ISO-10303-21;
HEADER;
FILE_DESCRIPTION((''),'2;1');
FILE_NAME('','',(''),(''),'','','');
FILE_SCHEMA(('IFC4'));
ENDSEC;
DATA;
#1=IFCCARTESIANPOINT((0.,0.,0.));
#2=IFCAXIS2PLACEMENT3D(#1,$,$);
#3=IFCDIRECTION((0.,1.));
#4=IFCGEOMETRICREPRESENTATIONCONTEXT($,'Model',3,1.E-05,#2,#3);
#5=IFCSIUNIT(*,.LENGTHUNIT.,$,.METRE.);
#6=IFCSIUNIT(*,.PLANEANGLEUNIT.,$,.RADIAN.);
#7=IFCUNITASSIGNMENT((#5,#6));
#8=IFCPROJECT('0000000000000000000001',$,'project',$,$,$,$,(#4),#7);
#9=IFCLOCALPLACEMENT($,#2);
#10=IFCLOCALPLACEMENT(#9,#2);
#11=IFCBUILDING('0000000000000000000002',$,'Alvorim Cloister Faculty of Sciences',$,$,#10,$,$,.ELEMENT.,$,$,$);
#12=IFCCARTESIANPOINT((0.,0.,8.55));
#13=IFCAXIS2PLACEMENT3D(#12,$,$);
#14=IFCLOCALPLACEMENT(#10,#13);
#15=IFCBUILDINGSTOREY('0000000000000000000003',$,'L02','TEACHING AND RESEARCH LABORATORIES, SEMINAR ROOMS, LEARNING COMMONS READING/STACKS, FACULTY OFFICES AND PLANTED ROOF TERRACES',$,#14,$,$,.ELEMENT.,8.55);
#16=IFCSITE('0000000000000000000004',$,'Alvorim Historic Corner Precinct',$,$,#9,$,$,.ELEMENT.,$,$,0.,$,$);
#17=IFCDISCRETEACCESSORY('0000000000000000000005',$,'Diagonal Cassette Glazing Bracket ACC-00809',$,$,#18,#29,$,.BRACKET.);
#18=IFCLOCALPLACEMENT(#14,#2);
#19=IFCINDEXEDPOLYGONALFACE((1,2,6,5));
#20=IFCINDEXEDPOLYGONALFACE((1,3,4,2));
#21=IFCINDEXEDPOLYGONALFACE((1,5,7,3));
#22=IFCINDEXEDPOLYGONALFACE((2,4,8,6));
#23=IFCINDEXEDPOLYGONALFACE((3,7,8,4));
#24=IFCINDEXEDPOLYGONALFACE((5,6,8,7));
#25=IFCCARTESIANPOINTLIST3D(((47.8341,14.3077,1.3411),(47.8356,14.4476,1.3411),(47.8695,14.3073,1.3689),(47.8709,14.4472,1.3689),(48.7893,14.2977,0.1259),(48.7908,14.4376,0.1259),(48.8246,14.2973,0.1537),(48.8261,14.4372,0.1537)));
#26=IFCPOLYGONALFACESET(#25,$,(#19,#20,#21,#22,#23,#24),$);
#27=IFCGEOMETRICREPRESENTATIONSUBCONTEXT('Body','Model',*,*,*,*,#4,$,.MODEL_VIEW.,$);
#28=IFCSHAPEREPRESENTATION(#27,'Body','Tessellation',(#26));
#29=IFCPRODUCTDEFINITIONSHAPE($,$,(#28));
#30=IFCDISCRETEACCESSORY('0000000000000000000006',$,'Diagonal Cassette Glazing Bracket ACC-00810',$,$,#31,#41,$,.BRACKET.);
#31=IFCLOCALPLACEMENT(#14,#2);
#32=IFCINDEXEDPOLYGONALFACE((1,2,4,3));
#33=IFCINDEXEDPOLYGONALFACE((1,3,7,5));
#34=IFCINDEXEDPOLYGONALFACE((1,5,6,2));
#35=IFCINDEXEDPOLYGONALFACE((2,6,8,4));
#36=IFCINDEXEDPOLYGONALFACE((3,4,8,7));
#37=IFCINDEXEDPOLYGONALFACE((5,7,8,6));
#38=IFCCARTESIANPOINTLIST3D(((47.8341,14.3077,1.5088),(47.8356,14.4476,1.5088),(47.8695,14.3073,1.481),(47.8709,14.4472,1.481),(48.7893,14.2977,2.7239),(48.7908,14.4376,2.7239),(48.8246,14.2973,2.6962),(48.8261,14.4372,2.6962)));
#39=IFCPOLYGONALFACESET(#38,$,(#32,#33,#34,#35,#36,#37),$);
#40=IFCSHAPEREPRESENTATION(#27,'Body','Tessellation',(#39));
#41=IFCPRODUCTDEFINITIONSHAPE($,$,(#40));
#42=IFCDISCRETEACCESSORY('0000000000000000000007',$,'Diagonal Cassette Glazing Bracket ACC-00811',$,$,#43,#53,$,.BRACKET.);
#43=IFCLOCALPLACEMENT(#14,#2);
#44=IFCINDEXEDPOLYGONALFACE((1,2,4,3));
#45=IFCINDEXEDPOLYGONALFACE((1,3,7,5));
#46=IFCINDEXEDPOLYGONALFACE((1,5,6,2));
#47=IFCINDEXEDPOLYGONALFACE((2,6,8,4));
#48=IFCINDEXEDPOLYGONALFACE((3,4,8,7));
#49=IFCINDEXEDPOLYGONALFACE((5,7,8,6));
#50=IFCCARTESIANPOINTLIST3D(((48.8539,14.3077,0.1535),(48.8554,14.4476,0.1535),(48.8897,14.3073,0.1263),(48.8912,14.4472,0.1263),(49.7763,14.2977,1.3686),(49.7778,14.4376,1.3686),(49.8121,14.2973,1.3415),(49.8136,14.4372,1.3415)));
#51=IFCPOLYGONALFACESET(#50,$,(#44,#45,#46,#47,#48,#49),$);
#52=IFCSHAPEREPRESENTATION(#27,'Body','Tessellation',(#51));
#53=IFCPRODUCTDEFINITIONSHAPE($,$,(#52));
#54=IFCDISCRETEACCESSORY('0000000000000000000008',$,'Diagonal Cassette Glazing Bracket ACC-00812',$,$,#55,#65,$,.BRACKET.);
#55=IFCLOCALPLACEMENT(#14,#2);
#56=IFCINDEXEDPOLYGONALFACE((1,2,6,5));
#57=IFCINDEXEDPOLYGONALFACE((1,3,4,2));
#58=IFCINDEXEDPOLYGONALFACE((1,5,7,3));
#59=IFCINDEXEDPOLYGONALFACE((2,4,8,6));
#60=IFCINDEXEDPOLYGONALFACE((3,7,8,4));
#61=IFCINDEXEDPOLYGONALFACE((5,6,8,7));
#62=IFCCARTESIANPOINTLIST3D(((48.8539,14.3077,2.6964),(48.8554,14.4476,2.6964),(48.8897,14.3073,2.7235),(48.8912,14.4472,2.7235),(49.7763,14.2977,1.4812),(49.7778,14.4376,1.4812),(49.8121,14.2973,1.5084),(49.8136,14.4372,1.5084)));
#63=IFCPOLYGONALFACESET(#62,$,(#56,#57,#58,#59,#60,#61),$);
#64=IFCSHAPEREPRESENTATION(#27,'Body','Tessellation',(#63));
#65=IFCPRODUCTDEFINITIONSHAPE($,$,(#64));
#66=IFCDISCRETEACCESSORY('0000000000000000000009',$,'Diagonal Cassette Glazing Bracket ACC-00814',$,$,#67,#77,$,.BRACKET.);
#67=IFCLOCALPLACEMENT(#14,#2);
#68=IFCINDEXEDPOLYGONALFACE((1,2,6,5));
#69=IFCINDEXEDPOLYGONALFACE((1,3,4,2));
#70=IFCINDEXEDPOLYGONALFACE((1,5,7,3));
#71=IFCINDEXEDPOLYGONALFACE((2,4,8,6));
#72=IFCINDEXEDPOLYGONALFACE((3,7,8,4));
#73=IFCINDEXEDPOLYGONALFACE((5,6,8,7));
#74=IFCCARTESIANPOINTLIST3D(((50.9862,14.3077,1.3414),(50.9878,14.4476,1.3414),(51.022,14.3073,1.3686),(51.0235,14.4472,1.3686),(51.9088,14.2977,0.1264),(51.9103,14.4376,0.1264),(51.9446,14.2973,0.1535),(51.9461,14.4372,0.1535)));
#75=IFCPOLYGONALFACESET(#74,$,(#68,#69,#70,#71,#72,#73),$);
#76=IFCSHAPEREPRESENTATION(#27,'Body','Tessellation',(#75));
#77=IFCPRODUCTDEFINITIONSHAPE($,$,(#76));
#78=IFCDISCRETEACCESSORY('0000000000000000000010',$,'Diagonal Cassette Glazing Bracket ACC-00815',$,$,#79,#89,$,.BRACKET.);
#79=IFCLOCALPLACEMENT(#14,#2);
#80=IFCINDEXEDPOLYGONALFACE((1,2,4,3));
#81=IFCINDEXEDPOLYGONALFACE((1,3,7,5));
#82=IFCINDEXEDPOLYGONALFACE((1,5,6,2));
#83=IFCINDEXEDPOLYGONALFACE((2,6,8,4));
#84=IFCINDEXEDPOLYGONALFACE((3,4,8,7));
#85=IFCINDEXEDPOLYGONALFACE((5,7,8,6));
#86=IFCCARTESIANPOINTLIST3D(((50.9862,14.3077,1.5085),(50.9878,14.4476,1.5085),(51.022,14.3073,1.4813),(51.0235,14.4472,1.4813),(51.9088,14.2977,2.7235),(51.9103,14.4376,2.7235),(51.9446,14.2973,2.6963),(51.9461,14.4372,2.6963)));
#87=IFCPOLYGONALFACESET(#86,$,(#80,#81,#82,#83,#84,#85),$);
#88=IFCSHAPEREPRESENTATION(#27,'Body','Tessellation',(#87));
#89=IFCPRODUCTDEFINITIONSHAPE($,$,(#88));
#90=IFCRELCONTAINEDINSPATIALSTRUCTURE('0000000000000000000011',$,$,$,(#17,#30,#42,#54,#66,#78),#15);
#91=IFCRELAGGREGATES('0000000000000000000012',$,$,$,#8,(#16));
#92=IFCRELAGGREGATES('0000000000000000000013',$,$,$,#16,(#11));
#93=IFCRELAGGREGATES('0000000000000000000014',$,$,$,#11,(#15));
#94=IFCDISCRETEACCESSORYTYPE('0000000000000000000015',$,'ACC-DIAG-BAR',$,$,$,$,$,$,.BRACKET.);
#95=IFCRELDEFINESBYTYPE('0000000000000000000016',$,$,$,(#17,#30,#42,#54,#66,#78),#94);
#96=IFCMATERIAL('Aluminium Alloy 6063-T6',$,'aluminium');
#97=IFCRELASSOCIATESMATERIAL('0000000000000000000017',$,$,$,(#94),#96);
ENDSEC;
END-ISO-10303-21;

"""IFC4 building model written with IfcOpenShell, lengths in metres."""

from ifc_helpers import new_model, si_unit, direction, frame, origin, origin_2d, place, context, subcontext, project, spatial, rectangle, extrude, material, type_object, element, save


model = new_model("IFC4")

# Units and contexts
model_context = context("Model", 3, precision=1e-05, world=origin(), true_north=direction((0.0, 1.0)))
body_context = subcontext(model_context, "Body", "Model", "MODEL_VIEW")
ifc_project = project(units=[si_unit("LENGTHUNIT", "METRE"), si_unit("PLANEANGLEUNIT", "RADIAN")], contexts=[model_context])

# Site, building, storey
site_placement = place(None, origin())
site = spatial("IfcSite", under=ifc_project, at=site_placement, Name="Alvorim Historic Corner Precinct", CompositionType="ELEMENT", RefElevation=0.0)
building_placement = place(site_placement, origin())
building = spatial("IfcBuilding", under=site, at=building_placement, Name="Alvorim Cloister Faculty of Sciences", CompositionType="ELEMENT")
storey_placement = place(building_placement, frame((0.0, 0.0, 8.55)))
storey = spatial("IfcBuildingStorey", under=building, at=storey_placement, Name="L02", Description="TEACHING AND RESEARCH LABORATORIES, SEMINAR ROOMS, LEARNING COMMONS READING/STACKS, FACULTY OFFICES AND PLANTED ROOF TERRACES", CompositionType="ELEMENT", Elevation=8.55)

# Shared definitions
ifc_material_1 = material(Name="Aluminium Alloy 6063-T6", Category="aluminium")

# Discrete accessories
discrete_accessory_type = type_object("IfcDiscreteAccessoryType", Name="ACC-DIAG-BAR", PredefinedType="BRACKET", material=ifc_material_1)
for number, where, z_axis, x_axis, name in (
    (1, (47.8525, 14.3774, 1.355), (0.617955, -0.006477, -0.786187), (0.01048, 0.999945, 0.0), "Diagonal Cassette Glazing Bracket ACC-00809"),
    (2, (47.8525, 14.3774, 1.4949), (0.617955, -0.006477, 0.786187), (0.01048, 0.999945, 0.0), "Diagonal Cassette Glazing Bracket ACC-00810"),
):
    element("IfcDiscreteAccessory", number, at=place(storey_placement, frame(where, z_axis=z_axis, x_axis=x_axis)), inside=storey, type_object=discrete_accessory_type, Name=name, PredefinedType="BRACKET", context=body_context, shape_type="SweptSolid", body=[
        extrude(rectangle(XDim=0.1399, YDim=0.0449, at=origin_2d()), origin(), (0.0, 0.0, 1.0), 1.5457),
    ])
for number, where, z_axis, x_axis, name in (
    (3, (48.8726, 14.3774, 0.1399), (0.604612, -0.006561, 0.796493), (0.010852, 0.999941, 0.0), "Diagonal Cassette Glazing Bracket ACC-00811"),
    (4, (48.8726, 14.3774, 2.71), (0.604612, -0.006561, -0.796493), (0.010852, 0.999941, 0.0), "Diagonal Cassette Glazing Bracket ACC-00812"),
    (5, (51.0049, 14.3774, 1.355), (0.604713, -0.006561, -0.796416), (0.010849, 0.999941, 0.0), "Diagonal Cassette Glazing Bracket ACC-00814"),
    (6, (51.0049, 14.3774, 1.4949), (0.604713, -0.006561, 0.796416), (0.010849, 0.999941, 0.0), "Diagonal Cassette Glazing Bracket ACC-00815"),
):
    element("IfcDiscreteAccessory", number, at=place(storey_placement, frame(where, z_axis=z_axis, x_axis=x_axis)), inside=storey, type_object=discrete_accessory_type, Name=name, PredefinedType="BRACKET", context=body_context, shape_type="SweptSolid", body=[
        extrude(rectangle(XDim=0.1399, YDim=0.0449, at=origin_2d()), origin(), (0.0, 0.0, 1.0), 1.5256),
    ])

save(model, "model.ifc")
